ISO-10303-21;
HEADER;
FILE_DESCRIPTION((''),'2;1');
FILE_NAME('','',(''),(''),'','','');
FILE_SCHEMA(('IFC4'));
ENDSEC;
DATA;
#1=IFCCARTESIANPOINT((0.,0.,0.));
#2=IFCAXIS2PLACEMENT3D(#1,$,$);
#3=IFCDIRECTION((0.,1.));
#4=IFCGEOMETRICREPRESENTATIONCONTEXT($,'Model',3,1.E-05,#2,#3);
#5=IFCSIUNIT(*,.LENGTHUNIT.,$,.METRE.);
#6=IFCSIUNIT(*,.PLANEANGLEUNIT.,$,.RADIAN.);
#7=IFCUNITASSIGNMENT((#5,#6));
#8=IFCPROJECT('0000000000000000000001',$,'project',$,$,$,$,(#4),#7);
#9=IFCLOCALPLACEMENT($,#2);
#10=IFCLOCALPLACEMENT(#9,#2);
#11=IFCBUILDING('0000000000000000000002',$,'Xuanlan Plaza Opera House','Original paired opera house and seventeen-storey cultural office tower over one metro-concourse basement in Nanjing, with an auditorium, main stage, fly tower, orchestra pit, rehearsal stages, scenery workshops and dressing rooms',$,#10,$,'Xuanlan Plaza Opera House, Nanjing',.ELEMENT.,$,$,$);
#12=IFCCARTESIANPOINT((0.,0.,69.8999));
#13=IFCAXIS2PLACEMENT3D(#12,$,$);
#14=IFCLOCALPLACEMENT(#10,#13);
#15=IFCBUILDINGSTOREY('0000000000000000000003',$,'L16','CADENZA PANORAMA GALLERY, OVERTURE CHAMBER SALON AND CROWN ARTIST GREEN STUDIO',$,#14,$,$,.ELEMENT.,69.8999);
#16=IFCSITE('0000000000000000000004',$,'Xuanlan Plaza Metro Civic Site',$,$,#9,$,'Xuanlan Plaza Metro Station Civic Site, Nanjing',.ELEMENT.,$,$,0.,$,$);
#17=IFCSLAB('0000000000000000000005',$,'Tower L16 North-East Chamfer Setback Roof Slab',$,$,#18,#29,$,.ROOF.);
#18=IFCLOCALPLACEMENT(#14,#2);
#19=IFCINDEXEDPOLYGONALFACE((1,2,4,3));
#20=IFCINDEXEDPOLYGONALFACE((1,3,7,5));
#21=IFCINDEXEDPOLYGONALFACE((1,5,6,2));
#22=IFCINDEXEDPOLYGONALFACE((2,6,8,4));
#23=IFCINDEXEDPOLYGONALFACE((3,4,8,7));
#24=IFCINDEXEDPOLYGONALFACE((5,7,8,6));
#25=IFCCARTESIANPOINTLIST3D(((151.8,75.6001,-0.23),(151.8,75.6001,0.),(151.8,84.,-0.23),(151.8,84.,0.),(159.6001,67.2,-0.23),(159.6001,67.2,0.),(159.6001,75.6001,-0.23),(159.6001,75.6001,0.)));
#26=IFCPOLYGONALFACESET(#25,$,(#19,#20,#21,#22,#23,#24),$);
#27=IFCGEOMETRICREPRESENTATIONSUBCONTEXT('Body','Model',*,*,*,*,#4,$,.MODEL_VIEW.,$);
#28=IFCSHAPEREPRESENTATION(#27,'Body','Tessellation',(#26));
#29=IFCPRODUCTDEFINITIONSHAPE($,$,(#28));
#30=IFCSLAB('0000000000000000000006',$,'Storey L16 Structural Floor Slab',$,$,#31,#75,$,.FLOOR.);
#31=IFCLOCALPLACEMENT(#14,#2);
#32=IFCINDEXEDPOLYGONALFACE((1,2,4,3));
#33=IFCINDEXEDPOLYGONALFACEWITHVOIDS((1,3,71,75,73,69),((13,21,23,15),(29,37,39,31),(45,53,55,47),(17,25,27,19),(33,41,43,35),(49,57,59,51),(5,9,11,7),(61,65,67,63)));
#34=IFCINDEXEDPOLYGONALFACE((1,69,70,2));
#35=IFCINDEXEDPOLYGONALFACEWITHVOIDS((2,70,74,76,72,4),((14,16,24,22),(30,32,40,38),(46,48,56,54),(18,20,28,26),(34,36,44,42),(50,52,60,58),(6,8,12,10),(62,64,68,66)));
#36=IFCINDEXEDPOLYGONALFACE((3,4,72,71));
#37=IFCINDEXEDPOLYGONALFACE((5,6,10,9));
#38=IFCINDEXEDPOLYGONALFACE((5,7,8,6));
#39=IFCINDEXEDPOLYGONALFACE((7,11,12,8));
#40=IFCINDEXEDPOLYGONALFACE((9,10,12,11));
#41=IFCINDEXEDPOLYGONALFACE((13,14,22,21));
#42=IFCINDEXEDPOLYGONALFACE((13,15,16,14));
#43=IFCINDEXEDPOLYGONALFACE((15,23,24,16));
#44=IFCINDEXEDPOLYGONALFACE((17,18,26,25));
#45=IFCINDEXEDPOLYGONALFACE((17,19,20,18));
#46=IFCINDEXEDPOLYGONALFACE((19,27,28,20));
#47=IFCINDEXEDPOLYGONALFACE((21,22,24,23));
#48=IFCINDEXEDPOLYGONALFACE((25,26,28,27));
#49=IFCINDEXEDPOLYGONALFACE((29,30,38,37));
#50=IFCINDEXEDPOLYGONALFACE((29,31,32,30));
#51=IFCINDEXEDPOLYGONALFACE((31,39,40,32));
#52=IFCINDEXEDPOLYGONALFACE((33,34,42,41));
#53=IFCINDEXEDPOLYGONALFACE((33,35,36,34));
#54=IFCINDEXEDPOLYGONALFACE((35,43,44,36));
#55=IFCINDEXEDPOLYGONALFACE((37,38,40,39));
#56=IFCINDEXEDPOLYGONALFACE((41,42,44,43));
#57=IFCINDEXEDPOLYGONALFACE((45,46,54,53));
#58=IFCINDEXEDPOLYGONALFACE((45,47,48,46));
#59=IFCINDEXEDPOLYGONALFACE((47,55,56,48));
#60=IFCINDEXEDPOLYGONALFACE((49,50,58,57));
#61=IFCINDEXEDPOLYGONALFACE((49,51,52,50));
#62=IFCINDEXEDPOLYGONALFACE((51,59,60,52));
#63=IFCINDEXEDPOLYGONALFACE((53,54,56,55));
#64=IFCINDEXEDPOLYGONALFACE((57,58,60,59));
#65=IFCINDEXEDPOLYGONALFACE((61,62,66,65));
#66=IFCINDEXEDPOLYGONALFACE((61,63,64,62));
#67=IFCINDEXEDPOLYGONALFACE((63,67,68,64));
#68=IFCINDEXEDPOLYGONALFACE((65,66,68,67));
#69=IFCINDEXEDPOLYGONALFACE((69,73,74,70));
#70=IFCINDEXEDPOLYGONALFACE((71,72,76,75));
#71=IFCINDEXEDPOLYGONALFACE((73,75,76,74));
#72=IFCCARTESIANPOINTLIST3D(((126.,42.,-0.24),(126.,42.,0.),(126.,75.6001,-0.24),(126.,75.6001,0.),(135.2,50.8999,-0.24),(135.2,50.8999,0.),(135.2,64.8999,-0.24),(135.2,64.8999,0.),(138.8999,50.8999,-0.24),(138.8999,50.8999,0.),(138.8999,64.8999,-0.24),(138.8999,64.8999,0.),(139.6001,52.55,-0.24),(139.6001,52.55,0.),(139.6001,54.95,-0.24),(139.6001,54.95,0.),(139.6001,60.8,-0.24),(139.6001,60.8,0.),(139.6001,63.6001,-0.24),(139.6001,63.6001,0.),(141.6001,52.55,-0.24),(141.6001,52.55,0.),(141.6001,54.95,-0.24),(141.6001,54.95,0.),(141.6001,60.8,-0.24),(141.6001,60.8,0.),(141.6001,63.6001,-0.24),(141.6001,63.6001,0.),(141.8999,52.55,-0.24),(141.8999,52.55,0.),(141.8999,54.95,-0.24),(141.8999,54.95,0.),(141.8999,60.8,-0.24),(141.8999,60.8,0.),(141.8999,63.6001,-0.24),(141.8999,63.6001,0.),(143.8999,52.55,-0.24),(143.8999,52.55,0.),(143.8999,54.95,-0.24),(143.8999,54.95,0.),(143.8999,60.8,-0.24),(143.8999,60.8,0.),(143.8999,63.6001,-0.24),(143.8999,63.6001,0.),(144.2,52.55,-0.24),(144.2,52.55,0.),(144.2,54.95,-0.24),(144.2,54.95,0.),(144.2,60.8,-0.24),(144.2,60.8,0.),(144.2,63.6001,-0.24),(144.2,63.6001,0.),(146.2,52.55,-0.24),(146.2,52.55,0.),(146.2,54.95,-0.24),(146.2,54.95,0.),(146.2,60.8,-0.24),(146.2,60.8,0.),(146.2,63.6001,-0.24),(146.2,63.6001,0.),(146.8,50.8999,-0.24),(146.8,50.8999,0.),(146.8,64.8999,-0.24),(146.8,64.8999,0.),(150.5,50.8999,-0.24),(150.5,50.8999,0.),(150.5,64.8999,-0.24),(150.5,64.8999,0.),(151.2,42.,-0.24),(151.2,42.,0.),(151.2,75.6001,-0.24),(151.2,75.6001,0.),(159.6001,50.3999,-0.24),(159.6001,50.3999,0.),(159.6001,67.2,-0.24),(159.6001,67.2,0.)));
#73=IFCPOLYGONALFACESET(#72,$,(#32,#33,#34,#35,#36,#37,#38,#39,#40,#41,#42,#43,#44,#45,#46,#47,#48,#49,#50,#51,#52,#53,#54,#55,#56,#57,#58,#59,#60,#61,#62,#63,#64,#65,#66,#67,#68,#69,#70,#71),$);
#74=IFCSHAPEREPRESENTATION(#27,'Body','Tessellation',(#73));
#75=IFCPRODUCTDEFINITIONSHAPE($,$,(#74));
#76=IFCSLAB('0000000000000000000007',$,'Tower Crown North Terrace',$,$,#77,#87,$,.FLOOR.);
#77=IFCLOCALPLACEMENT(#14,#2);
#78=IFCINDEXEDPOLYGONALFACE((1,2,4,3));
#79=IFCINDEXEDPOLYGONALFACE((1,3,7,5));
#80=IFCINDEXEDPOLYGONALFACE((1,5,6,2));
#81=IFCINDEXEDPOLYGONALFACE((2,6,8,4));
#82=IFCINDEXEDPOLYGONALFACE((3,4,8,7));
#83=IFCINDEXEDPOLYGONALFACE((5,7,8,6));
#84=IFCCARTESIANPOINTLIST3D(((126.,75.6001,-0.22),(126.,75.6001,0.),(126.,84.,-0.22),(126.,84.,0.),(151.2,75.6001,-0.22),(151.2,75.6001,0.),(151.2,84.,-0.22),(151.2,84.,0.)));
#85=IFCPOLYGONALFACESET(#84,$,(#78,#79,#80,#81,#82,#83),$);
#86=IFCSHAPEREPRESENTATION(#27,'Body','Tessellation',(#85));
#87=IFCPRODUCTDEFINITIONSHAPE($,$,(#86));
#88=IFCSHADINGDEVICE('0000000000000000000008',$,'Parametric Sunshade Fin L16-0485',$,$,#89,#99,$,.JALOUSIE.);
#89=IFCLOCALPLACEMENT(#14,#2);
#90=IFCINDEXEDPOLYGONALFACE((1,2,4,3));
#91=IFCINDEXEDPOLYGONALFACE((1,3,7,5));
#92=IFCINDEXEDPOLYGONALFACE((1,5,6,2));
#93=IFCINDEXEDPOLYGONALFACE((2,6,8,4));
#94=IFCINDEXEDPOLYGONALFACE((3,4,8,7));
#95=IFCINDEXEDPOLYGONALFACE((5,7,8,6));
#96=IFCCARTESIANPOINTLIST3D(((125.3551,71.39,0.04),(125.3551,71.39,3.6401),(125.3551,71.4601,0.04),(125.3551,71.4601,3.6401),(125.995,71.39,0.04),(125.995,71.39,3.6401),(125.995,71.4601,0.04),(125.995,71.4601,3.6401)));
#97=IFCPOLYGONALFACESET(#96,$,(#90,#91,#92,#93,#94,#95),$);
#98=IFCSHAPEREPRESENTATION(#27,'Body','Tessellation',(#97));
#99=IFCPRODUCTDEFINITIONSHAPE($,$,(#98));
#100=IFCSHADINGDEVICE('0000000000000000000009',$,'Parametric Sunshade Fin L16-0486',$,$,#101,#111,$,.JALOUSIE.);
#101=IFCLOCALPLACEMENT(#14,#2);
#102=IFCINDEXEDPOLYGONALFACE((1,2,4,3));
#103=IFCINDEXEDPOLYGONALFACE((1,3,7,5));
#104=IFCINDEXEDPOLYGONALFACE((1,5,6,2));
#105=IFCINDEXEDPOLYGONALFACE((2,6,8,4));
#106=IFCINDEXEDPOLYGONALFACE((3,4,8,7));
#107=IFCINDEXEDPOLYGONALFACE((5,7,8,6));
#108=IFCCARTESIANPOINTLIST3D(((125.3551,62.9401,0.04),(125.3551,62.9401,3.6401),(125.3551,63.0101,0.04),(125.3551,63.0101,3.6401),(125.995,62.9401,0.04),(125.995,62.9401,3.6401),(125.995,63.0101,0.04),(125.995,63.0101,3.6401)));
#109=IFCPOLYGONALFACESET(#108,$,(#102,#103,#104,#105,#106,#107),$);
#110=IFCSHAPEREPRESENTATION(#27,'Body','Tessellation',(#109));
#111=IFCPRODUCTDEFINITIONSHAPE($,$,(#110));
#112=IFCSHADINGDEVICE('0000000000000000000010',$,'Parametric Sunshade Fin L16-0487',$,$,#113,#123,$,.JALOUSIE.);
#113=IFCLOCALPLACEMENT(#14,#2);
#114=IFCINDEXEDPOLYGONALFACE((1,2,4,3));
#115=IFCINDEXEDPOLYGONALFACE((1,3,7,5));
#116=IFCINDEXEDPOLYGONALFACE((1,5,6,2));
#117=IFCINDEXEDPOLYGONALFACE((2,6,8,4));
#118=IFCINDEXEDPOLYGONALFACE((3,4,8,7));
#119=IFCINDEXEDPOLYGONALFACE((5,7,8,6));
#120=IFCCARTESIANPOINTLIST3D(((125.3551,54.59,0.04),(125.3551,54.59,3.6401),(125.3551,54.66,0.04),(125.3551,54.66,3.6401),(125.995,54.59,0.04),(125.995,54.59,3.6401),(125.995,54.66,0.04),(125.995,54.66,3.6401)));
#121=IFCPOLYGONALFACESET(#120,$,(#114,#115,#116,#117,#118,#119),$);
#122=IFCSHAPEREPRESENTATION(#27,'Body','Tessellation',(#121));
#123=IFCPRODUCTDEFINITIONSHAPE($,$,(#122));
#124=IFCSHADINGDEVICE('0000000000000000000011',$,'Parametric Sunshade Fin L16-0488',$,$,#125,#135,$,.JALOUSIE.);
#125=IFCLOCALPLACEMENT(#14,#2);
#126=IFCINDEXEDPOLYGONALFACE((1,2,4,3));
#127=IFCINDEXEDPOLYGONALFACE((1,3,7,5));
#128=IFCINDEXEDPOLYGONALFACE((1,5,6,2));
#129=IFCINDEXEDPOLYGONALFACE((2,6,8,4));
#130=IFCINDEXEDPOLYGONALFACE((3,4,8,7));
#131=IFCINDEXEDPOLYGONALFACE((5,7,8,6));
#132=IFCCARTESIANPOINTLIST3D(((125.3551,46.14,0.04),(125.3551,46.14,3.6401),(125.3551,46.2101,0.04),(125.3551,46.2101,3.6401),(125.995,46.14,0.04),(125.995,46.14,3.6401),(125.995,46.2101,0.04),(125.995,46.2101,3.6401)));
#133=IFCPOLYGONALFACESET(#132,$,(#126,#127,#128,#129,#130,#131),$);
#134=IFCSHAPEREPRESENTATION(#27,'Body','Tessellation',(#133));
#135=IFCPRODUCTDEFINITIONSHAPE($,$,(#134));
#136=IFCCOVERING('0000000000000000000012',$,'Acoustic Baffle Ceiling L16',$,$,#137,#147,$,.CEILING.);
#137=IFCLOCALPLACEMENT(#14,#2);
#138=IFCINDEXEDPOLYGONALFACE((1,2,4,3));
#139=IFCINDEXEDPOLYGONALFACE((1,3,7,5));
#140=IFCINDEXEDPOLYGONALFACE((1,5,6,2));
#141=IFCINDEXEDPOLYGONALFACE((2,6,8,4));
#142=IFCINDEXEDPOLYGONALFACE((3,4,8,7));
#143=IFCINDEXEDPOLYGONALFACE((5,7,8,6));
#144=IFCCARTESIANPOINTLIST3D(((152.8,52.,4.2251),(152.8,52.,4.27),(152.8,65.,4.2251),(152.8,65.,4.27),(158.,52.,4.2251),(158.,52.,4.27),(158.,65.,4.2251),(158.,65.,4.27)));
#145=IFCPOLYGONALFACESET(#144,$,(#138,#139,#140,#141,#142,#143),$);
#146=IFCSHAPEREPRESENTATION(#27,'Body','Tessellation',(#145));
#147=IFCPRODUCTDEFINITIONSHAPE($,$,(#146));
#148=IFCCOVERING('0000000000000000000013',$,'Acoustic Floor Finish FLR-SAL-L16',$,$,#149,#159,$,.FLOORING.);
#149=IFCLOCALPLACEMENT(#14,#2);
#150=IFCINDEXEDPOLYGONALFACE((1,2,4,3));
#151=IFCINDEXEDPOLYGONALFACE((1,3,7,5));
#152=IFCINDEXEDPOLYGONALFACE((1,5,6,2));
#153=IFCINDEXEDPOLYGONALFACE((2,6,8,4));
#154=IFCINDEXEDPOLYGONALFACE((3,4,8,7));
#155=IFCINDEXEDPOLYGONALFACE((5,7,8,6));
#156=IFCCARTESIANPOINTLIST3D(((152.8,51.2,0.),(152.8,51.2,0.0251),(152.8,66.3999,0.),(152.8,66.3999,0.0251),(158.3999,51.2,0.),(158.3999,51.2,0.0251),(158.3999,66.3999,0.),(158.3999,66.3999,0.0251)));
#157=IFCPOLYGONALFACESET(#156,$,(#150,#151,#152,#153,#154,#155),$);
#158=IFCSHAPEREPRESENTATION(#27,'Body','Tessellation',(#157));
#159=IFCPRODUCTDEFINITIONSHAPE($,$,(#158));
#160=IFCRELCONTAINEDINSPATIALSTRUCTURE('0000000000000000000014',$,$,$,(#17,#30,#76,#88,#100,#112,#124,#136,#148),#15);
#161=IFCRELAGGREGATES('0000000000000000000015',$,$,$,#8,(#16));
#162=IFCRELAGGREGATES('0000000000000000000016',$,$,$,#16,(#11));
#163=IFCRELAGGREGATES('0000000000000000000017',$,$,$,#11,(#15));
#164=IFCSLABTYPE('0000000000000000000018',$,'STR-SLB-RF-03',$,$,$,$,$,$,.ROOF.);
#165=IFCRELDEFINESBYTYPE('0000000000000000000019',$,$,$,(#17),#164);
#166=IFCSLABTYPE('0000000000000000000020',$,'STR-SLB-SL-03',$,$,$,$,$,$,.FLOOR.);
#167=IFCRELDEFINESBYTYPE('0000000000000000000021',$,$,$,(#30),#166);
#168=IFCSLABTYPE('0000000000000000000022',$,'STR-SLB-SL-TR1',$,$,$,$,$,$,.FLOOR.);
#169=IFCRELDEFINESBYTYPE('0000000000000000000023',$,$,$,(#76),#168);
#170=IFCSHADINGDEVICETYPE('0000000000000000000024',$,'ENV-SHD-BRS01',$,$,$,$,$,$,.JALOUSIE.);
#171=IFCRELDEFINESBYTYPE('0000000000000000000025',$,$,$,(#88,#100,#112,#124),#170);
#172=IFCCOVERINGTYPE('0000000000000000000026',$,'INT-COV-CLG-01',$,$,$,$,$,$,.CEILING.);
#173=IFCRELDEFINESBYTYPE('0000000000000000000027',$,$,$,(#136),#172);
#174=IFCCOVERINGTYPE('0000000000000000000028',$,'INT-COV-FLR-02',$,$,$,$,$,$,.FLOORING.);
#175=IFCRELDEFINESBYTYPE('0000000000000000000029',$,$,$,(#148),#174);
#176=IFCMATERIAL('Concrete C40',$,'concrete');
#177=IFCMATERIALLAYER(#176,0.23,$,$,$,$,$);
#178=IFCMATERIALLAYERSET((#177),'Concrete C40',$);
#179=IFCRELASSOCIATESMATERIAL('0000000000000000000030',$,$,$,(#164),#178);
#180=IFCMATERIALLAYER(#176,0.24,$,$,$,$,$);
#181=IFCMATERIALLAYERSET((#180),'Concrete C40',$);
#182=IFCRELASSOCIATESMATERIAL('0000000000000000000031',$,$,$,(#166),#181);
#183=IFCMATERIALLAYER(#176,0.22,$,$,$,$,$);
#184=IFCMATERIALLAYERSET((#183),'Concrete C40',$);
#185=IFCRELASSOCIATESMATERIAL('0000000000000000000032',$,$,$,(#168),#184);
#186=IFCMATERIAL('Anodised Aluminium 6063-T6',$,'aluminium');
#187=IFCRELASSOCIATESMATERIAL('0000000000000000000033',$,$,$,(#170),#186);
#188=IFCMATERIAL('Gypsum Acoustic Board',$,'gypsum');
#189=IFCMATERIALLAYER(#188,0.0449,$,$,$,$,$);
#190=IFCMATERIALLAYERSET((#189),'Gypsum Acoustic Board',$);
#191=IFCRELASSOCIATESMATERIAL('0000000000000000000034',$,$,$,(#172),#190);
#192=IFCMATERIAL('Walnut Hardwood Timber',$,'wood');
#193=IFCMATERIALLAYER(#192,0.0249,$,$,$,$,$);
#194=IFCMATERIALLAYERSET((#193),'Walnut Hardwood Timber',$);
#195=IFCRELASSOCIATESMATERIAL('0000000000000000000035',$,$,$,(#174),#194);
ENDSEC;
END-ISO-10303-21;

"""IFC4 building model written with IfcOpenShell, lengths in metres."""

from ifc_helpers import new_model, si_unit, direction, frame, origin, origin_2d, place, context, subcontext, project, spatial, polyline, rectangle, outline, extrude, material, layer, layer_set, type_object, element, save


model = new_model("IFC4")

# Units and contexts
model_context = context("Model", 3, precision=1e-05, world=origin(), true_north=direction((0.0, 1.0)))
body_context = subcontext(model_context, "Body", "Model", "MODEL_VIEW")
ifc_project = project(units=[si_unit("LENGTHUNIT", "METRE"), si_unit("PLANEANGLEUNIT", "RADIAN")], contexts=[model_context])

# Site, building, storey
site_placement = place(None, origin())
site = spatial("IfcSite", under=ifc_project, at=site_placement, Name="Xuanlan Plaza Metro Civic Site", LongName="Xuanlan Plaza Metro Station Civic Site, Nanjing", CompositionType="ELEMENT", RefElevation=0.0)
building_placement = place(site_placement, origin())
building = spatial("IfcBuilding", under=site, at=building_placement, Name="Xuanlan Plaza Opera House", Description="Original paired opera house and seventeen-storey cultural office tower over one metro-concourse basement in Nanjing, with an auditorium, main stage, fly tower, orchestra pit, rehearsal stages, scenery workshops and dressing rooms", LongName="Xuanlan Plaza Opera House, Nanjing", CompositionType="ELEMENT")
storey_placement = place(building_placement, frame((0.0, 0.0, 69.8999)))
storey = spatial("IfcBuildingStorey", under=building, at=storey_placement, Name="L16", Description="CADENZA PANORAMA GALLERY, OVERTURE CHAMBER SALON AND CROWN ARTIST GREEN STUDIO", CompositionType="ELEMENT", Elevation=69.8999)

# Shared definitions
ifc_material_1 = material(Name="Concrete C40", Category="concrete")

# Slabs
ifc_layer_1 = layer(ifc_material_1, 0.23)
ifc_layer_set_1 = layer_set([ifc_layer_1], Name="Concrete C40")
slab_type_1 = type_object("IfcSlabType", Name="STR-SLB-RF-03", PredefinedType="ROOF", material=ifc_layer_set_1)
slab_1_placement = place(storey_placement, frame((0.0, 0.0, -0.23)))
element("IfcSlab", 1, at=slab_1_placement, inside=storey, type_object=slab_type_1, Name="Tower L16 North-East Chamfer Setback Roof Slab", PredefinedType="ROOF", context=body_context, shape_type="SweptSolid", body=[
    extrude(outline(polyline([(151.8, 75.6001), (159.6001, 67.2), (159.6001, 75.6001), (151.8, 84.0), (151.8, 75.6001)])), origin(), (0.0, 0.0, 1.0), 0.23),
])
ifc_layer_2 = layer(ifc_material_1, 0.24)
ifc_layer_set_2 = layer_set([ifc_layer_2], Name="Concrete C40")
slab_type_2 = type_object("IfcSlabType", Name="STR-SLB-SL-03", PredefinedType="FLOOR", material=ifc_layer_set_2)
slab_2_placement = place(storey_placement, frame((0.0, 0.0, -0.24)))
element("IfcSlab", 2, at=slab_2_placement, inside=storey, type_object=slab_type_2, Name="Storey L16 Structural Floor Slab", PredefinedType="FLOOR", context=body_context, shape_type="SweptSolid", body=[
    extrude(outline(polyline([(126.0, 42.0), (151.2, 42.0), (159.6001, 50.3999), (159.6001, 67.2), (151.2, 75.6001), (126.0, 75.6001), (126.0, 42.0)]), holes=[polyline([(135.2, 50.8999), (138.8999, 50.8999), (138.8999, 64.8999), (135.2, 64.8999), (135.2, 50.8999)]), polyline([(146.8, 50.8999), (150.5, 50.8999), (150.5, 64.8999), (146.8, 64.8999), (146.8, 50.8999)]), polyline([(139.6001, 60.8), (141.6001, 60.8), (141.6001, 63.6001), (139.6001, 63.6001), (139.6001, 60.8)]), polyline([(141.8999, 60.8), (143.8999, 60.8), (143.8999, 63.6001), (141.8999, 63.6001), (141.8999, 60.8)]), polyline([(144.2, 60.8), (146.2, 60.8), (146.2, 63.6001), (144.2, 63.6001), (144.2, 60.8)]), polyline([(139.6001, 52.55), (141.6001, 52.55), (141.6001, 54.95), (139.6001, 54.95), (139.6001, 52.55)]), polyline([(141.8999, 52.55), (143.8999, 52.55), (143.8999, 54.95), (141.8999, 54.95), (141.8999, 52.55)]), polyline([(144.2, 52.55), (146.2, 52.55), (146.2, 54.95), (144.2, 54.95), (144.2, 52.55)])]), origin(), (0.0, 0.0, 1.0), 0.24),
])
ifc_layer_3 = layer(ifc_material_1, 0.22)
ifc_layer_set_3 = layer_set([ifc_layer_3], Name="Concrete C40")
slab_type_3 = type_object("IfcSlabType", Name="STR-SLB-SL-TR1", PredefinedType="FLOOR", material=ifc_layer_set_3)
slab_3_placement = place(storey_placement, frame((0.0, 0.0, -0.22)))
element("IfcSlab", 3, at=slab_3_placement, inside=storey, type_object=slab_type_3, Name="Tower Crown North Terrace", PredefinedType="FLOOR", context=body_context, shape_type="SweptSolid", body=[
    extrude(outline(polyline([(126.0, 75.6001), (151.2, 75.6001), (151.2, 84.0), (126.0, 84.0), (126.0, 75.6001)])), origin(), (0.0, 0.0, 1.0), 0.22),
])

# Shading devices
ifc_material_2 = material(Name="Anodised Aluminium 6063-T6", Category="aluminium")
shading_device_type = type_object("IfcShadingDeviceType", Name="ENV-SHD-BRS01", PredefinedType="JALOUSIE", material=ifc_material_2)
for number, where, z_axis, x_axis, name in (
    (4, (125.675, 71.425, 0.04), (0.0, 0.0, 1.0), (-1.0, 0.0, 0.0), "Parametric Sunshade Fin L16-0485"),
    (5, (125.675, 62.9751, 0.04), (0.0, 0.0, 1.0), (-1.0, 0.0, 0.0), "Parametric Sunshade Fin L16-0486"),
    (6, (125.675, 54.625, 0.04), (0.0, 0.0, 1.0), (-1.0, 0.0, 0.0), "Parametric Sunshade Fin L16-0487"),
    (7, (125.675, 46.175, 0.04), (0.0, 0.0, 1.0), (-1.0, 0.0, 0.0), "Parametric Sunshade Fin L16-0488"),
):
    element("IfcShadingDevice", number, at=place(storey_placement, frame(where, z_axis=z_axis, x_axis=x_axis)), inside=storey, type_object=shading_device_type, Name=name, PredefinedType="JALOUSIE", context=body_context, shape_type="SweptSolid", body=[
        extrude(rectangle(XDim=0.6399, YDim=0.0701, at=origin_2d()), origin(), (0.0, 0.0, 1.0), 3.6001),
    ])

# Coverings
ifc_material_3 = material(Name="Gypsum Acoustic Board", Category="gypsum")
ifc_layer_4 = layer(ifc_material_3, 0.0449)
ifc_layer_set_4 = layer_set([ifc_layer_4], Name="Gypsum Acoustic Board")
covering_type_1 = type_object("IfcCoveringType", Name="INT-COV-CLG-01", PredefinedType="CEILING", material=ifc_layer_set_4)
covering_1_placement = place(storey_placement, frame((0.0, 0.0, 4.2251)))
element("IfcCovering", 8, at=covering_1_placement, inside=storey, type_object=covering_type_1, Name="Acoustic Baffle Ceiling L16", PredefinedType="CEILING", context=body_context, shape_type="SweptSolid", body=[
    extrude(outline(polyline([(152.8, 52.0), (158.0, 52.0), (158.0, 65.0), (152.8, 65.0), (152.8, 52.0)])), origin(), (0.0, 0.0, 1.0), 0.0449),
])
ifc_material_4 = material(Name="Walnut Hardwood Timber", Category="wood")
ifc_layer_5 = layer(ifc_material_4, 0.0249)
ifc_layer_set_5 = layer_set([ifc_layer_5], Name="Walnut Hardwood Timber")
covering_type_2 = type_object("IfcCoveringType", Name="INT-COV-FLR-02", PredefinedType="FLOORING", material=ifc_layer_set_5)
covering_2_placement = place(storey_placement, origin())
element("IfcCovering", 9, at=covering_2_placement, inside=storey, type_object=covering_type_2, Name="Acoustic Floor Finish FLR-SAL-L16", PredefinedType="FLOORING", context=body_context, shape_type="SweptSolid", body=[
    extrude(outline(polyline([(152.8, 51.2), (158.3999, 51.2), (158.3999, 66.3999), (152.8, 66.3999), (152.8, 51.2)])), origin(), (0.0, 0.0, 1.0), 0.0251),
])

save(model, "model.ifc")
